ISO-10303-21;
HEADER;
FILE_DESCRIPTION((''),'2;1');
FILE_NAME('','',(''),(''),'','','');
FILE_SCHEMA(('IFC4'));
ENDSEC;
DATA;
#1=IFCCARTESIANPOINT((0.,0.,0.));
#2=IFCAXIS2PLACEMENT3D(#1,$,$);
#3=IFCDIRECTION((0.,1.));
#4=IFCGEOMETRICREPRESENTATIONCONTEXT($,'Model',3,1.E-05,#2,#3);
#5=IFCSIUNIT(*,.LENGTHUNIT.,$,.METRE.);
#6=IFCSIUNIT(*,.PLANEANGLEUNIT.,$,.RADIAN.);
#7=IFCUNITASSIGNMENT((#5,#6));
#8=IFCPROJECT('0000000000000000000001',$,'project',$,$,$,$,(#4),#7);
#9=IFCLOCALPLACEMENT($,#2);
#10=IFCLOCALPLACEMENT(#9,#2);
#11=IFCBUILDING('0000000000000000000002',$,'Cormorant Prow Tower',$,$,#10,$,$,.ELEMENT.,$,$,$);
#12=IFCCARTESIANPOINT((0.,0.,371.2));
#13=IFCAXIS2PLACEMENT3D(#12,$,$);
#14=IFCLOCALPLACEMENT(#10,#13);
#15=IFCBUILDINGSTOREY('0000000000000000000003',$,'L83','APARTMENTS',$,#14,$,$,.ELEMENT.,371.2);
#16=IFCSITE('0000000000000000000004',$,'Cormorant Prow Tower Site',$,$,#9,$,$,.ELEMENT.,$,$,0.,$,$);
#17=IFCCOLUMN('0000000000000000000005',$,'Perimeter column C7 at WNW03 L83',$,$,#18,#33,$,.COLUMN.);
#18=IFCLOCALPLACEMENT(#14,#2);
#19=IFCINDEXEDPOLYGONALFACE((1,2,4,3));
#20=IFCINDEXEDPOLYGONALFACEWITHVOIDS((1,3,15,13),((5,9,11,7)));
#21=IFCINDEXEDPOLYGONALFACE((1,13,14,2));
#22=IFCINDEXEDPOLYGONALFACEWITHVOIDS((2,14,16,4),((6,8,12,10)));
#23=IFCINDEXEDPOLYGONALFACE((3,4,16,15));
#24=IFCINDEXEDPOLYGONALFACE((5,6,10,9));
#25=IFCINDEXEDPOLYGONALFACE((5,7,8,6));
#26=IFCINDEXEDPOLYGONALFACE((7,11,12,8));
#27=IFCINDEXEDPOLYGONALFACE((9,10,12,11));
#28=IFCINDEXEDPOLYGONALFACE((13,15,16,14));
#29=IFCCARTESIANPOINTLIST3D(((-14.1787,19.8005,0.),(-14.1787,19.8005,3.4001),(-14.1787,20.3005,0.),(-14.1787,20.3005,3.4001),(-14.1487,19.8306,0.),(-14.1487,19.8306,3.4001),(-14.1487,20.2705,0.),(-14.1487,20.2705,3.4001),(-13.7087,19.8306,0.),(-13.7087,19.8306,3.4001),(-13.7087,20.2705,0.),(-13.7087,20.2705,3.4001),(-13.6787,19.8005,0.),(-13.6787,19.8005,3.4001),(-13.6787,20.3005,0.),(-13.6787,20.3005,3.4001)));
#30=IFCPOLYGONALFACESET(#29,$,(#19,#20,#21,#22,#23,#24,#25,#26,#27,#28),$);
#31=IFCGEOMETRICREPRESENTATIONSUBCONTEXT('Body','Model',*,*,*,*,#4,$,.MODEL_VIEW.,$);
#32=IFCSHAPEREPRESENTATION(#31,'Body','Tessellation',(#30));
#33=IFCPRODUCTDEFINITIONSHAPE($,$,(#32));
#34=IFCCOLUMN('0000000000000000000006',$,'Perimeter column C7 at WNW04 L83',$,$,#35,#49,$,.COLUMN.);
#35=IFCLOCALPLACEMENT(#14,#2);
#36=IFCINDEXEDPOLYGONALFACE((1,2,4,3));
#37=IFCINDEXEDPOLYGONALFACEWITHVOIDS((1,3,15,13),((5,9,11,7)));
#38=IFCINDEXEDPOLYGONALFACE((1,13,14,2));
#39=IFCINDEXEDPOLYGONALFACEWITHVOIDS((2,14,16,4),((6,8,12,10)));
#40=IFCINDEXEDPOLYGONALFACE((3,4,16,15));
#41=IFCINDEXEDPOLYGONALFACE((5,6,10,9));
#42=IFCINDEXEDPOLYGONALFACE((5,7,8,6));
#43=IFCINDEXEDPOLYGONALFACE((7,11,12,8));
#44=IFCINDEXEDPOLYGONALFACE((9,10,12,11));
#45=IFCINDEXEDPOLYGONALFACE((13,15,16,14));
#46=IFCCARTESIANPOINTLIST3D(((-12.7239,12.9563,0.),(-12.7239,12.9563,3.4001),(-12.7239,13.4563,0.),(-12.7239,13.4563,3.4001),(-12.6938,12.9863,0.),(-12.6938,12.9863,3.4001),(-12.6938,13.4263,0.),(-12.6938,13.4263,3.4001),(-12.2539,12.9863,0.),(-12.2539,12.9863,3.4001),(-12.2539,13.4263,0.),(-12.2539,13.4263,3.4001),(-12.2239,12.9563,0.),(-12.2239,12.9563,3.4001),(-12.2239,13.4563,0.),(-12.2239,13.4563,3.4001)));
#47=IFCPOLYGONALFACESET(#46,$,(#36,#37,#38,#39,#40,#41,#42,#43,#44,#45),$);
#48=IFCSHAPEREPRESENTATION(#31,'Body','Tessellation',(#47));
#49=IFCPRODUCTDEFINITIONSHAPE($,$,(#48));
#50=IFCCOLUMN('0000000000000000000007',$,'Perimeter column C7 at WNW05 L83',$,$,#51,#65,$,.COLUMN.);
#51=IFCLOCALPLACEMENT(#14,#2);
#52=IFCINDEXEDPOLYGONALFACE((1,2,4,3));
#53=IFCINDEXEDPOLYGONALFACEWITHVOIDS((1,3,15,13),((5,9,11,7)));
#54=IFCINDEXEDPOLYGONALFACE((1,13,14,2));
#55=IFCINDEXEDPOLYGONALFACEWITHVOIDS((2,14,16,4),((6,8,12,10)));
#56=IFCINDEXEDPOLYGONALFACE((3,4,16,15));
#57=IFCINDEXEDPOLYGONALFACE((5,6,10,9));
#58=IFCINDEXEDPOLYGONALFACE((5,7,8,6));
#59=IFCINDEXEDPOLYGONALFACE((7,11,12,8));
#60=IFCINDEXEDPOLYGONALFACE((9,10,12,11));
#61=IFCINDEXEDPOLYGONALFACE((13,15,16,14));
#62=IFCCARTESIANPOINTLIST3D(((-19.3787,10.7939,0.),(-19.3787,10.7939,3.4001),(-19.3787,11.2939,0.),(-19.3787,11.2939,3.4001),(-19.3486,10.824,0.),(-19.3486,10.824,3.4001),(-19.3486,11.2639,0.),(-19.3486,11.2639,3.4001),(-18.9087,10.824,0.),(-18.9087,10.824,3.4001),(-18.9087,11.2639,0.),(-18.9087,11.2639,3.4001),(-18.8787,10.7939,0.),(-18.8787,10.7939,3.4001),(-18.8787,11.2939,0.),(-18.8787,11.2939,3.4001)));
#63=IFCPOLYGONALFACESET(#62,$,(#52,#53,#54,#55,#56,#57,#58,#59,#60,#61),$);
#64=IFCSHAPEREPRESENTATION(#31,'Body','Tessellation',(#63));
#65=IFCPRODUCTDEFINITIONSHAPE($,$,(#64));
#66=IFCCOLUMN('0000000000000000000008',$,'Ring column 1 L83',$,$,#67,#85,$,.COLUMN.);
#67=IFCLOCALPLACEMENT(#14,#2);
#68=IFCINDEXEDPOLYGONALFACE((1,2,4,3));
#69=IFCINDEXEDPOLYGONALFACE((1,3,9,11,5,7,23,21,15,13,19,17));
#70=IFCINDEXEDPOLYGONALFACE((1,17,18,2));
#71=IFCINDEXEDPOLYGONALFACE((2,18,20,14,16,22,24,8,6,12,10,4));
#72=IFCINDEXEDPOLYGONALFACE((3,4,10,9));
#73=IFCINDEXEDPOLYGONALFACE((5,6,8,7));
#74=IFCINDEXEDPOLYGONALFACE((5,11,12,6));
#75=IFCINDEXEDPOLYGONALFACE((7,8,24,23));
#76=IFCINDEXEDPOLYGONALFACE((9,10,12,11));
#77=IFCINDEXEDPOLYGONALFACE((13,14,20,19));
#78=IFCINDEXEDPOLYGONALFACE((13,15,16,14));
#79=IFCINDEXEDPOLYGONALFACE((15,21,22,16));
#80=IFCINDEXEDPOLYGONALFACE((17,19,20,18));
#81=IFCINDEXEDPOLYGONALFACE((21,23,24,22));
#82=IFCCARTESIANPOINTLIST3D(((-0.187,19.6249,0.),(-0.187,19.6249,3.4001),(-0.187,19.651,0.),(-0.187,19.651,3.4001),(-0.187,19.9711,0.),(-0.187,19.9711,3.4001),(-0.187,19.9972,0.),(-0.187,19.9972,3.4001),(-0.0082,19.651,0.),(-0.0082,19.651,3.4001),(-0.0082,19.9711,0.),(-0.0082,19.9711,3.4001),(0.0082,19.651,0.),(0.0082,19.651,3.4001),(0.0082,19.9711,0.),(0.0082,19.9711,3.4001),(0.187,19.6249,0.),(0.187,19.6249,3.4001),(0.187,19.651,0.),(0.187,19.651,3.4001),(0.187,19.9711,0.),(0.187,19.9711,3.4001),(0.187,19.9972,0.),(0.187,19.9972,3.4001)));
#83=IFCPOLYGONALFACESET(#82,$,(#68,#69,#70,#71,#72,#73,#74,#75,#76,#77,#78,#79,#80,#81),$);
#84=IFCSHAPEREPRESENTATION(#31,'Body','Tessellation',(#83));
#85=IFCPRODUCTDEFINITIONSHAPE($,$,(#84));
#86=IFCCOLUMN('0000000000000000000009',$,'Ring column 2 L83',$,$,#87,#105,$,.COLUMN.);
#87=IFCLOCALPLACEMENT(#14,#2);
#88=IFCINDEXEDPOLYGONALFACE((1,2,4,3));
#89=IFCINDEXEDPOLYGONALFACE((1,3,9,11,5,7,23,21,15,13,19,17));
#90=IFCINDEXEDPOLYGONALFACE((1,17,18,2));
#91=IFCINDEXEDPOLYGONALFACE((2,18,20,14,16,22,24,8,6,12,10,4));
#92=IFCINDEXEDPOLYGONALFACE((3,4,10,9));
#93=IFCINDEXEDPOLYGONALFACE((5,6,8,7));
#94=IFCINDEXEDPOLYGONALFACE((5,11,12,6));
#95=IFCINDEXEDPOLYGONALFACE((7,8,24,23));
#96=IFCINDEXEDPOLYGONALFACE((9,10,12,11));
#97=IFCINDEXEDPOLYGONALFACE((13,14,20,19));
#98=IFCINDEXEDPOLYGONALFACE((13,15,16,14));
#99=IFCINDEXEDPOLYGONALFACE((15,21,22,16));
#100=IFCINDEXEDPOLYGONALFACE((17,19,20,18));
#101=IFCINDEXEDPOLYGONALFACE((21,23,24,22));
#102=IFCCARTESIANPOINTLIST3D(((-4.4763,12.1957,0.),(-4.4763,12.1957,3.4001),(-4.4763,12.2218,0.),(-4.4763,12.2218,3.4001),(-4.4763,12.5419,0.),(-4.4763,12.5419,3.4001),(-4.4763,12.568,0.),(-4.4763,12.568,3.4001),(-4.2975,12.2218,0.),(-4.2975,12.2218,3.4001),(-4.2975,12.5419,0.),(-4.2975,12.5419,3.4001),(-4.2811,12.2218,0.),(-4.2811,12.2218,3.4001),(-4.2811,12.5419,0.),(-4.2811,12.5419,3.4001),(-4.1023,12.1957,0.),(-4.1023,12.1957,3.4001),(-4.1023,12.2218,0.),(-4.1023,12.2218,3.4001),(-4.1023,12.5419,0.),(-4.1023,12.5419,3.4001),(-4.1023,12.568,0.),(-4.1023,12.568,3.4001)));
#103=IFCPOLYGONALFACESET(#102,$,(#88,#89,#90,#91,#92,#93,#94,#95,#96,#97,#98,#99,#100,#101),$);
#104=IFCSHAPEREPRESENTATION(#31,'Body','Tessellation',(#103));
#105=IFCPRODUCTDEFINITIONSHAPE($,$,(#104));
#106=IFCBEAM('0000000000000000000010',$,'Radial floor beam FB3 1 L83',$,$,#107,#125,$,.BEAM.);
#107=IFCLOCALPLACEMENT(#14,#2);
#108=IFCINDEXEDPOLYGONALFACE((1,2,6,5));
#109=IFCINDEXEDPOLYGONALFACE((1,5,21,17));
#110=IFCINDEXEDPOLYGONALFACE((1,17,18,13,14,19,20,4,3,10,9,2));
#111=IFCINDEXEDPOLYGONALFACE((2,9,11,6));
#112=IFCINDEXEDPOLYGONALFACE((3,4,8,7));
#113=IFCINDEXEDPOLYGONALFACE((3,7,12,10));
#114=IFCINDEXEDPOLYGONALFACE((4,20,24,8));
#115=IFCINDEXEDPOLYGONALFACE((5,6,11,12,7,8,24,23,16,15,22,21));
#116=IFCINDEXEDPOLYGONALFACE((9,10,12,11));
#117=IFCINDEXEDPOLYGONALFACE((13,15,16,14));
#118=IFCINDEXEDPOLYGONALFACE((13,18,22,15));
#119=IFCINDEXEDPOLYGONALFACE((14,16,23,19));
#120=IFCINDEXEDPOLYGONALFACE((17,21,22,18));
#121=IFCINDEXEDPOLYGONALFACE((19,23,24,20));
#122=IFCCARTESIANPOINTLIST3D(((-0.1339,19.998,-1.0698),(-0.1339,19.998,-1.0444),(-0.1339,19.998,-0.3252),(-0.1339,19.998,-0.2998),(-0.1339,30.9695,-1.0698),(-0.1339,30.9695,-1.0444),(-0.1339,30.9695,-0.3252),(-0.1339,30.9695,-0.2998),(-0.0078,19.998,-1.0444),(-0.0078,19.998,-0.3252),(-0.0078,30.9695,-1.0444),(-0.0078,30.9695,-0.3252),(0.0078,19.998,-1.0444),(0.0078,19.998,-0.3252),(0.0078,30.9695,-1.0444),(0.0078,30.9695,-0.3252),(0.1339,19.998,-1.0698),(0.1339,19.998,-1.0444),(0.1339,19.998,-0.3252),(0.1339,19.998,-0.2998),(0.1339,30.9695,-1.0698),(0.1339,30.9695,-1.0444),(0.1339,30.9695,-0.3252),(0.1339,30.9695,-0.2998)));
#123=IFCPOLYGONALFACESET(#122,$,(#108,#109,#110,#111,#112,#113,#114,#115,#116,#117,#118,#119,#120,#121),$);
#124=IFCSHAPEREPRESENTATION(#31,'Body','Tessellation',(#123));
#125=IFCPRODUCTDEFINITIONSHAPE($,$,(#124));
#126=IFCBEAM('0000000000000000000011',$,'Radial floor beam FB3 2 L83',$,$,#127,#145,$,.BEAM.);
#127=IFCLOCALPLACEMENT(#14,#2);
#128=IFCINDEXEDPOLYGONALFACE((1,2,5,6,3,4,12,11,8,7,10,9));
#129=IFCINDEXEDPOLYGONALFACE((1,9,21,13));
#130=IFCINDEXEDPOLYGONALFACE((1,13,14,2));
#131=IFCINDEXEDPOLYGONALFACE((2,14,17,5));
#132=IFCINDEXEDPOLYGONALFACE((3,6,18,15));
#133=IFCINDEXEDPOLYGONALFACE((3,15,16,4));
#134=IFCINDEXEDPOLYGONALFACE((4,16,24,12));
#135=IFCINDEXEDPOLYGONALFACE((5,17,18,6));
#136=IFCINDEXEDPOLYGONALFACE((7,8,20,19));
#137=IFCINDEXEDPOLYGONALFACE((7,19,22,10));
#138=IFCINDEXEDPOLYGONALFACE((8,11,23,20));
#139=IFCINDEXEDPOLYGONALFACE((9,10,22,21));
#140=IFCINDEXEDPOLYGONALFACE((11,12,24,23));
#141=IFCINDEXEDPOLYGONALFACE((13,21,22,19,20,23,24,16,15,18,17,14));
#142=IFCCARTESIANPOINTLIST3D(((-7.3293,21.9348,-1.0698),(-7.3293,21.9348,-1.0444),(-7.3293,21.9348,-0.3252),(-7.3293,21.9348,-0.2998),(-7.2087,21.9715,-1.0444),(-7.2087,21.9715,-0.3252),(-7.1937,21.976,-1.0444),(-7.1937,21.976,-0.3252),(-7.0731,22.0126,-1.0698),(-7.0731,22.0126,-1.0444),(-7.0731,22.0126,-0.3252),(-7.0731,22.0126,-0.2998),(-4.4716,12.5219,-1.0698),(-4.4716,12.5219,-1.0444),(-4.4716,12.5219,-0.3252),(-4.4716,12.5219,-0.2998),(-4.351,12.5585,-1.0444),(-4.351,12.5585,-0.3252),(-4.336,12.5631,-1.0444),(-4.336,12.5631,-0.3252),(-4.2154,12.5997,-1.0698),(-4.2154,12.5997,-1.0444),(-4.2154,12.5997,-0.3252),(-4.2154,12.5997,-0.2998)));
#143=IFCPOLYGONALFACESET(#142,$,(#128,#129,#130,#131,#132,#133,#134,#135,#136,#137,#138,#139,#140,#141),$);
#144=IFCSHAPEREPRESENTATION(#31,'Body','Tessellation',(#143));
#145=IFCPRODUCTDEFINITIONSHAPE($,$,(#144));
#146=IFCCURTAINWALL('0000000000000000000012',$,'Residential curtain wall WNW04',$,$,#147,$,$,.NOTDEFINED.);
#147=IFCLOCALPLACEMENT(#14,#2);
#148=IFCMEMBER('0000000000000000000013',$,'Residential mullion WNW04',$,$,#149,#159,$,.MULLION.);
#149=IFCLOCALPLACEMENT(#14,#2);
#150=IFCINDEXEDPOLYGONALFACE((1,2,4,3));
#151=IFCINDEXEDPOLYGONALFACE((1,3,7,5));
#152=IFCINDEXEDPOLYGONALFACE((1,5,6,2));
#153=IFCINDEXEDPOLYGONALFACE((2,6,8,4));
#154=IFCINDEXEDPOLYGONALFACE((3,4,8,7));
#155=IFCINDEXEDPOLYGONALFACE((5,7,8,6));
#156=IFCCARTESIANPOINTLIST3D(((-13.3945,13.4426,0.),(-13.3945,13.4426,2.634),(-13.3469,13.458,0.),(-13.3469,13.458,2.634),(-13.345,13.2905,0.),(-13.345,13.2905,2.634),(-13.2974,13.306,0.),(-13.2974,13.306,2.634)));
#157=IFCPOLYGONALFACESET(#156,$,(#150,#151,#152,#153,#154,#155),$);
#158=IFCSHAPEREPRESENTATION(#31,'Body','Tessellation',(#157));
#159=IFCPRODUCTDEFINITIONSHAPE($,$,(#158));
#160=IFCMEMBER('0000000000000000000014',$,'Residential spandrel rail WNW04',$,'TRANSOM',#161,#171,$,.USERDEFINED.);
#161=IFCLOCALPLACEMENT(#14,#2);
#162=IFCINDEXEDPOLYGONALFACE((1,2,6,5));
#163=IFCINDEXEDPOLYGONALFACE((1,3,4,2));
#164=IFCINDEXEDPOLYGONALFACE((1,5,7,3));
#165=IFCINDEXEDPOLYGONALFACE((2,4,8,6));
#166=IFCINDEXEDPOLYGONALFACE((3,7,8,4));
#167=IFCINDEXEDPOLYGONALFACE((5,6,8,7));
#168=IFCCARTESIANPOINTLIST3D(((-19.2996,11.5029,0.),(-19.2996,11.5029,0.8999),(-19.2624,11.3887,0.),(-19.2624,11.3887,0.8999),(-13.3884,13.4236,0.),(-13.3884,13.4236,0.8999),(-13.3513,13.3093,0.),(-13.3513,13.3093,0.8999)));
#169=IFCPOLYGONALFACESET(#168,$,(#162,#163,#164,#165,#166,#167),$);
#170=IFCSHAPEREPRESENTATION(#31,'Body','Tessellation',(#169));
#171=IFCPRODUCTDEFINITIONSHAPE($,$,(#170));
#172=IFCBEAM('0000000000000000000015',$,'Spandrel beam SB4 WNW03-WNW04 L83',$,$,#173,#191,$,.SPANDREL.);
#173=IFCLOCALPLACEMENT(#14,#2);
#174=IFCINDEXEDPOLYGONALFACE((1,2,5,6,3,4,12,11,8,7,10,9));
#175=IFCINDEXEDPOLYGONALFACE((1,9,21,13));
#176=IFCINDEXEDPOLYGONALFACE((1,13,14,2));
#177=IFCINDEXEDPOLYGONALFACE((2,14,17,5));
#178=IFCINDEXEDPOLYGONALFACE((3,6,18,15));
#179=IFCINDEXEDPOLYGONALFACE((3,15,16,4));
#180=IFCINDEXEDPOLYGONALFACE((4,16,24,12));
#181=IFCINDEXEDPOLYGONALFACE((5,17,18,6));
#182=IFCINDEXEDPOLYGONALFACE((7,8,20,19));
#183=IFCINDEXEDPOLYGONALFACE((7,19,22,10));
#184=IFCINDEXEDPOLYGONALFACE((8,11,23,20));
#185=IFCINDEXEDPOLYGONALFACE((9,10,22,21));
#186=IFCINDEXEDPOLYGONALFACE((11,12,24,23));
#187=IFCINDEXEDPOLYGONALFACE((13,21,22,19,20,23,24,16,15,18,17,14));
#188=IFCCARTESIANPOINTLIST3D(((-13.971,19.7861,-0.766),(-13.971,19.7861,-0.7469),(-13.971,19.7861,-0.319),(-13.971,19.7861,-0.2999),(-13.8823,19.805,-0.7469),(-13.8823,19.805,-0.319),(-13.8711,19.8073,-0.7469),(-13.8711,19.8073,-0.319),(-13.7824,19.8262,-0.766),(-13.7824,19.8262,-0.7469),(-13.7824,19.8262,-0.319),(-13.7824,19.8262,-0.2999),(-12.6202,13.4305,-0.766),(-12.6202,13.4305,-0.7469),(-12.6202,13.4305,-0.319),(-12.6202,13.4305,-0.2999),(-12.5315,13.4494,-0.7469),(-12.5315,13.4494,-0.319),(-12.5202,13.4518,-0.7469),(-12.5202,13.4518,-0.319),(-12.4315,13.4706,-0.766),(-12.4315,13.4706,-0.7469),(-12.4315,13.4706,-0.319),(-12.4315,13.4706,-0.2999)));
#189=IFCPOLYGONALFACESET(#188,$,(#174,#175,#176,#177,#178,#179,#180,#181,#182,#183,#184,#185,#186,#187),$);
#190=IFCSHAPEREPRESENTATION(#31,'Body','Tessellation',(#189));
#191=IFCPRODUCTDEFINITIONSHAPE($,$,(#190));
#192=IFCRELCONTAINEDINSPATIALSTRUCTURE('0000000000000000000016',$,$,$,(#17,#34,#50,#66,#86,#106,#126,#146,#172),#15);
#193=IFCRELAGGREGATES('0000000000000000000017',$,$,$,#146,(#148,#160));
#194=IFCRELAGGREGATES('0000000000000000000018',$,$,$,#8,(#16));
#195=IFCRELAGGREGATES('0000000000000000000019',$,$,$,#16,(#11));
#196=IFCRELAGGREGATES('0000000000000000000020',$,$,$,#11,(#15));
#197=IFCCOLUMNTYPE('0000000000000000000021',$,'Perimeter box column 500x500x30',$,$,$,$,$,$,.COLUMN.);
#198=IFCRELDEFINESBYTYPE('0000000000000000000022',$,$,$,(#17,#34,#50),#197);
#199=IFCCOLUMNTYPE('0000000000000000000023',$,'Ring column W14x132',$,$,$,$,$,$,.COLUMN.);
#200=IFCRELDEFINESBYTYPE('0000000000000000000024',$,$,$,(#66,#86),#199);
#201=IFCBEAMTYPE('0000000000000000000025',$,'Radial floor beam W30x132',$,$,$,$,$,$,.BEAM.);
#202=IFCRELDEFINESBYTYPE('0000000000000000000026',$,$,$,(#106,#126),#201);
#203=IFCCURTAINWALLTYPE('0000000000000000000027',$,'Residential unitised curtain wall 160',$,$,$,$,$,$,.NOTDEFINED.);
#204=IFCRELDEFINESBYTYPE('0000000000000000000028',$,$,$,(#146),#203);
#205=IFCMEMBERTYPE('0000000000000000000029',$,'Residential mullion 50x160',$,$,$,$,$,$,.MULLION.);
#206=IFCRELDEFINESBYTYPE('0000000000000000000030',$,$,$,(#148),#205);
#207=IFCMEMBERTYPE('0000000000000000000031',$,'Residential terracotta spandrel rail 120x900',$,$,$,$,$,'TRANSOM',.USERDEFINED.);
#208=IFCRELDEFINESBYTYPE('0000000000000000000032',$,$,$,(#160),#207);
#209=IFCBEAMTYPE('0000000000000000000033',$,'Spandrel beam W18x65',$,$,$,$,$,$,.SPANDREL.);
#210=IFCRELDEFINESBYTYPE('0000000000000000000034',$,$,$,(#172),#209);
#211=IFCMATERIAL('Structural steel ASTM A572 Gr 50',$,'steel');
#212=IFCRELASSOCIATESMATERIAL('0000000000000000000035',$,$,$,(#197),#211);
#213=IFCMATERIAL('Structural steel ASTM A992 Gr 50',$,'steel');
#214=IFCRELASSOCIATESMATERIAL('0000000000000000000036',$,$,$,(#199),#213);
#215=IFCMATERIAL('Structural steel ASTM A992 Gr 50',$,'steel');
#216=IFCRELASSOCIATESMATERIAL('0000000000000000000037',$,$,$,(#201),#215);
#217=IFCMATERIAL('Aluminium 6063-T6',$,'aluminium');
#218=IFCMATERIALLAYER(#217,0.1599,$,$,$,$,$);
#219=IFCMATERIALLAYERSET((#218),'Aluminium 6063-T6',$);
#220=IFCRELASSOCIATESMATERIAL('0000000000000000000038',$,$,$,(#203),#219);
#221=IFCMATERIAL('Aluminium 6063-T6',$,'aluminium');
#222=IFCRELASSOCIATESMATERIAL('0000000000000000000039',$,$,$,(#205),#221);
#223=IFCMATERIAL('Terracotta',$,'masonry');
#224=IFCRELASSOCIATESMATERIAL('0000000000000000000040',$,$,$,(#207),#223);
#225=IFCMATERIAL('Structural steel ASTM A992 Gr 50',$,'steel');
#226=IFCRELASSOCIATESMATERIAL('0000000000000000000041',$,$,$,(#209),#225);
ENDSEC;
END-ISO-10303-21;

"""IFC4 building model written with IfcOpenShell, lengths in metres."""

from ifc_helpers import new_model, si_unit, direction, frame, origin, origin_2d, place, context, subcontext, project, spatial, rectangle, hollow_rectangle, i_section, extrude, material, layer, layer_set, material_profile, profile_set, type_object, element, aggregate, save


model = new_model("IFC4")

# Units and contexts
model_context = context("Model", 3, precision=1e-05, world=origin(), true_north=direction((0.0, 1.0)))
body_context = subcontext(model_context, "Body", "Model", "MODEL_VIEW")
ifc_project = project(units=[si_unit("LENGTHUNIT", "METRE"), si_unit("PLANEANGLEUNIT", "RADIAN")], contexts=[model_context])

# Site, building, storey
site_placement = place(None, origin())
site = spatial("IfcSite", under=ifc_project, at=site_placement, Name="Cormorant Prow Tower Site", CompositionType="ELEMENT", RefElevation=0.0)
building_placement = place(site_placement, origin())
building = spatial("IfcBuilding", under=site, at=building_placement, Name="Cormorant Prow Tower", CompositionType="ELEMENT")
storey_placement = place(building_placement, frame((0.0, 0.0, 371.2)))
storey = spatial("IfcBuildingStorey", under=building, at=storey_placement, Name="L83", Description="APARTMENTS", CompositionType="ELEMENT", Elevation=371.2)

# Columns
ifc_material_1 = material(Name="Structural steel ASTM A572 Gr 50", Category="steel")
ifc_material_profile_1 = material_profile(ifc_material_1, hollow_rectangle(XDim=0.5, YDim=0.5, WallThickness=0.03, at=origin_2d()), Name="Box 500x500x30")
ifc_profile_set_1 = profile_set([ifc_material_profile_1], Name="Structural steel ASTM A572 Gr 50")
column_type_1 = type_object("IfcColumnType", Name="Perimeter box column 500x500x30", PredefinedType="COLUMN", material=ifc_profile_set_1)
for number, where, z_axis, x_axis, name in (
    (1, (-13.9287, 20.0505, 0.0), (0.0, 0.0, 1.0), (1.0, 0.0, 0.0), "Perimeter column C7 at WNW03 L83"),
    (2, (-12.4739, 13.2063, 0.0), (0.0, 0.0, 1.0), (1.0, 0.0, 0.0), "Perimeter column C7 at WNW04 L83"),
    (3, (-19.1287, 11.0439, 0.0), (0.0, 0.0, 1.0), (1.0, 0.0, 0.0), "Perimeter column C7 at WNW05 L83"),
):
    element("IfcColumn", number, at=place(storey_placement, frame(where, z_axis=z_axis, x_axis=x_axis)), inside=storey, type_object=column_type_1, Name=name, PredefinedType="COLUMN", context=body_context, shape_type="SweptSolid", body=[
        extrude(hollow_rectangle(XDim=0.5, YDim=0.5, WallThickness=0.03, at=origin_2d()), origin(), (0.0, 0.0, 1.0), 3.4001),
    ])
ifc_material_2 = material(Name="Structural steel ASTM A992 Gr 50", Category="steel")
ifc_material_profile_2 = material_profile(ifc_material_2, i_section(OverallWidth=0.374, OverallDepth=0.3723, WebThickness=0.0164, FlangeThickness=0.0261, at=origin_2d()), Name="W14x132")
ifc_profile_set_2 = profile_set([ifc_material_profile_2], Name="Structural steel ASTM A992 Gr 50")
column_type_2 = type_object("IfcColumnType", Name="Ring column W14x132", PredefinedType="COLUMN", material=ifc_profile_set_2)
for number, where, z_axis, x_axis, name in (
    (4, (0.0, 19.811, 0.0), (0.0, 0.0, 1.0), (1.0, 0.0, 0.0), "Ring column 1 L83"),
    (5, (-4.2893, 12.3818, 0.0), (0.0, 0.0, 1.0), (1.0, 0.0, 0.0), "Ring column 2 L83"),
):
    element("IfcColumn", number, at=place(storey_placement, frame(where, z_axis=z_axis, x_axis=x_axis)), inside=storey, type_object=column_type_2, Name=name, PredefinedType="COLUMN", context=body_context, shape_type="SweptSolid", body=[
        extrude(i_section(OverallWidth=0.374, OverallDepth=0.3723, WebThickness=0.0164, FlangeThickness=0.0261, at=origin_2d()), origin(), (0.0, 0.0, 1.0), 3.4001),
    ])

# Beams
ifc_material_3 = material(Name="Structural steel ASTM A992 Gr 50", Category="steel")
ifc_material_profile_3 = material_profile(ifc_material_3, i_section(OverallWidth=0.2678, OverallDepth=0.77, WebThickness=0.0156, FlangeThickness=0.0254, at=origin_2d()), Name="W30x132")
ifc_profile_set_3 = profile_set([ifc_material_profile_3], Name="Structural steel ASTM A992 Gr 50")
beam_type_1 = type_object("IfcBeamType", Name="Radial floor beam W30x132", PredefinedType="BEAM", material=ifc_profile_set_3)
beam_1_placement = place(storey_placement, frame((0.0, 19.998, -0.6848), z_axis=(0.0, 1.0, 0.0), x_axis=(-1.0, 0.0, 0.0)))
element("IfcBeam", 6, at=beam_1_placement, inside=storey, type_object=beam_type_1, Name="Radial floor beam FB3 1 L83", PredefinedType="BEAM", context=body_context, shape_type="SweptSolid", body=[
    extrude(i_section(OverallWidth=0.2678, OverallDepth=0.77, WebThickness=0.0156, FlangeThickness=0.0254, at=origin_2d()), origin(), (0.0, 0.0, 1.0), 10.9714),
])
beam_2_placement = place(storey_placement, frame((-4.3435, 12.5608, -0.6848), z_axis=(-0.2905, 0.956875, 0.0), x_axis=(-0.956875, -0.2905, 0.0)))
element("IfcBeam", 7, at=beam_2_placement, inside=storey, type_object=beam_type_1, Name="Radial floor beam FB3 2 L83", PredefinedType="BEAM", context=body_context, shape_type="SweptSolid", body=[
    extrude(i_section(OverallWidth=0.2678, OverallDepth=0.77, WebThickness=0.0156, FlangeThickness=0.0254, at=origin_2d()), origin(), (0.0, 0.0, 1.0), 9.8372),
])

# Curtain wall, members
ifc_material_4 = material(Name="Aluminium 6063-T6", Category="aluminium")
ifc_layer_1 = layer(ifc_material_4, 0.1599)
ifc_layer_set_1 = layer_set([ifc_layer_1], Name="Aluminium 6063-T6")
curtain_wall_type = type_object("IfcCurtainWallType", Name="Residential unitised curtain wall 160", PredefinedType="NOTDEFINED", material=ifc_layer_set_1)
curtain_wall_placement = place(storey_placement, origin())
curtain_wall = element("IfcCurtainWall", 8, at=curtain_wall_placement, inside=storey, type_object=curtain_wall_type, Name="Residential curtain wall WNW04", PredefinedType="NOTDEFINED")
ifc_material_5 = material(Name="Aluminium 6063-T6", Category="aluminium")
ifc_material_profile_4 = material_profile(ifc_material_5, rectangle(XDim=0.1599, YDim=0.05, at=origin_2d()), Name="Residential mullion 50x160")
ifc_profile_set_4 = profile_set([ifc_material_profile_4], Name="Aluminium 6063-T6")
member_type_1 = type_object("IfcMemberType", Name="Residential mullion 50x160", PredefinedType="MULLION", material=ifc_profile_set_4)
member_1_placement = place(storey_placement, frame((-13.3459, 13.3743, 0.0), z_axis=(0.0, 0.0, 1.0), x_axis=(0.309017, -0.951057, 0.0)))
member_1 = element("IfcMember", 9, at=member_1_placement, type_object=member_type_1, Name="Residential mullion WNW04", PredefinedType="MULLION", context=body_context, shape_type="SweptSolid", body=[
    extrude(rectangle(XDim=0.1599, YDim=0.05, at=origin_2d()), origin(), (0.0, 0.0, 1.0), 2.634),
])
ifc_material_6 = material(Name="Terracotta", Category="masonry")
ifc_material_profile_5 = material_profile(ifc_material_6, rectangle(XDim=0.1201, YDim=0.8999, at=origin_2d()), Name="Residential terracotta spandrel rail 120x900")
ifc_profile_set_5 = profile_set([ifc_material_profile_5], Name="Terracotta")
member_type_2 = type_object("IfcMemberType", Name="Residential terracotta spandrel rail 120x900", ElementType="TRANSOM", PredefinedType="USERDEFINED", material=ifc_profile_set_5)
member_2_placement = place(storey_placement, frame((-13.3699, 13.3665, 0.45), z_axis=(-0.951056, -0.309019, 0.0), x_axis=(0.309019, -0.951056, 0.0)))
member_2 = element("IfcMember", 10, at=member_2_placement, type_object=member_type_2, Name="Residential spandrel rail WNW04", ObjectType="TRANSOM", PredefinedType="USERDEFINED", context=body_context, shape_type="SweptSolid", body=[
    extrude(rectangle(XDim=0.1201, YDim=0.8999, at=origin_2d()), origin(), (0.0, 0.0, 1.0), 6.2153),
])

# Beam
ifc_material_7 = material(Name="Structural steel ASTM A992 Gr 50", Category="steel")
ifc_material_profile_6 = material_profile(ifc_material_7, i_section(OverallWidth=0.1929, OverallDepth=0.4661, WebThickness=0.0115, FlangeThickness=0.019, at=origin_2d()), Name="W18x65")
ifc_profile_set_6 = profile_set([ifc_material_profile_6], Name="Structural steel ASTM A992 Gr 50")
beam_type_2 = type_object("IfcBeamType", Name="Spandrel beam W18x65", PredefinedType="SPANDREL", material=ifc_profile_set_6)
beam_3_placement = place(storey_placement, frame((-13.8767, 19.8062, -0.533), z_axis=(0.207902, -0.97815, 0.0), x_axis=(0.97815, 0.207902, 0.0)))
element("IfcBeam", 11, at=beam_3_placement, inside=storey, type_object=beam_type_2, Name="Spandrel beam SB4 WNW03-WNW04 L83", PredefinedType="SPANDREL", context=body_context, shape_type="SweptSolid", body=[
    extrude(i_section(OverallWidth=0.1929, OverallDepth=0.4661, WebThickness=0.0115, FlangeThickness=0.019, at=origin_2d()), origin(), (0.0, 0.0, 1.0), 6.4976),
])

aggregate(curtain_wall, [member_1, member_2])

save(model, "model.ifc")
